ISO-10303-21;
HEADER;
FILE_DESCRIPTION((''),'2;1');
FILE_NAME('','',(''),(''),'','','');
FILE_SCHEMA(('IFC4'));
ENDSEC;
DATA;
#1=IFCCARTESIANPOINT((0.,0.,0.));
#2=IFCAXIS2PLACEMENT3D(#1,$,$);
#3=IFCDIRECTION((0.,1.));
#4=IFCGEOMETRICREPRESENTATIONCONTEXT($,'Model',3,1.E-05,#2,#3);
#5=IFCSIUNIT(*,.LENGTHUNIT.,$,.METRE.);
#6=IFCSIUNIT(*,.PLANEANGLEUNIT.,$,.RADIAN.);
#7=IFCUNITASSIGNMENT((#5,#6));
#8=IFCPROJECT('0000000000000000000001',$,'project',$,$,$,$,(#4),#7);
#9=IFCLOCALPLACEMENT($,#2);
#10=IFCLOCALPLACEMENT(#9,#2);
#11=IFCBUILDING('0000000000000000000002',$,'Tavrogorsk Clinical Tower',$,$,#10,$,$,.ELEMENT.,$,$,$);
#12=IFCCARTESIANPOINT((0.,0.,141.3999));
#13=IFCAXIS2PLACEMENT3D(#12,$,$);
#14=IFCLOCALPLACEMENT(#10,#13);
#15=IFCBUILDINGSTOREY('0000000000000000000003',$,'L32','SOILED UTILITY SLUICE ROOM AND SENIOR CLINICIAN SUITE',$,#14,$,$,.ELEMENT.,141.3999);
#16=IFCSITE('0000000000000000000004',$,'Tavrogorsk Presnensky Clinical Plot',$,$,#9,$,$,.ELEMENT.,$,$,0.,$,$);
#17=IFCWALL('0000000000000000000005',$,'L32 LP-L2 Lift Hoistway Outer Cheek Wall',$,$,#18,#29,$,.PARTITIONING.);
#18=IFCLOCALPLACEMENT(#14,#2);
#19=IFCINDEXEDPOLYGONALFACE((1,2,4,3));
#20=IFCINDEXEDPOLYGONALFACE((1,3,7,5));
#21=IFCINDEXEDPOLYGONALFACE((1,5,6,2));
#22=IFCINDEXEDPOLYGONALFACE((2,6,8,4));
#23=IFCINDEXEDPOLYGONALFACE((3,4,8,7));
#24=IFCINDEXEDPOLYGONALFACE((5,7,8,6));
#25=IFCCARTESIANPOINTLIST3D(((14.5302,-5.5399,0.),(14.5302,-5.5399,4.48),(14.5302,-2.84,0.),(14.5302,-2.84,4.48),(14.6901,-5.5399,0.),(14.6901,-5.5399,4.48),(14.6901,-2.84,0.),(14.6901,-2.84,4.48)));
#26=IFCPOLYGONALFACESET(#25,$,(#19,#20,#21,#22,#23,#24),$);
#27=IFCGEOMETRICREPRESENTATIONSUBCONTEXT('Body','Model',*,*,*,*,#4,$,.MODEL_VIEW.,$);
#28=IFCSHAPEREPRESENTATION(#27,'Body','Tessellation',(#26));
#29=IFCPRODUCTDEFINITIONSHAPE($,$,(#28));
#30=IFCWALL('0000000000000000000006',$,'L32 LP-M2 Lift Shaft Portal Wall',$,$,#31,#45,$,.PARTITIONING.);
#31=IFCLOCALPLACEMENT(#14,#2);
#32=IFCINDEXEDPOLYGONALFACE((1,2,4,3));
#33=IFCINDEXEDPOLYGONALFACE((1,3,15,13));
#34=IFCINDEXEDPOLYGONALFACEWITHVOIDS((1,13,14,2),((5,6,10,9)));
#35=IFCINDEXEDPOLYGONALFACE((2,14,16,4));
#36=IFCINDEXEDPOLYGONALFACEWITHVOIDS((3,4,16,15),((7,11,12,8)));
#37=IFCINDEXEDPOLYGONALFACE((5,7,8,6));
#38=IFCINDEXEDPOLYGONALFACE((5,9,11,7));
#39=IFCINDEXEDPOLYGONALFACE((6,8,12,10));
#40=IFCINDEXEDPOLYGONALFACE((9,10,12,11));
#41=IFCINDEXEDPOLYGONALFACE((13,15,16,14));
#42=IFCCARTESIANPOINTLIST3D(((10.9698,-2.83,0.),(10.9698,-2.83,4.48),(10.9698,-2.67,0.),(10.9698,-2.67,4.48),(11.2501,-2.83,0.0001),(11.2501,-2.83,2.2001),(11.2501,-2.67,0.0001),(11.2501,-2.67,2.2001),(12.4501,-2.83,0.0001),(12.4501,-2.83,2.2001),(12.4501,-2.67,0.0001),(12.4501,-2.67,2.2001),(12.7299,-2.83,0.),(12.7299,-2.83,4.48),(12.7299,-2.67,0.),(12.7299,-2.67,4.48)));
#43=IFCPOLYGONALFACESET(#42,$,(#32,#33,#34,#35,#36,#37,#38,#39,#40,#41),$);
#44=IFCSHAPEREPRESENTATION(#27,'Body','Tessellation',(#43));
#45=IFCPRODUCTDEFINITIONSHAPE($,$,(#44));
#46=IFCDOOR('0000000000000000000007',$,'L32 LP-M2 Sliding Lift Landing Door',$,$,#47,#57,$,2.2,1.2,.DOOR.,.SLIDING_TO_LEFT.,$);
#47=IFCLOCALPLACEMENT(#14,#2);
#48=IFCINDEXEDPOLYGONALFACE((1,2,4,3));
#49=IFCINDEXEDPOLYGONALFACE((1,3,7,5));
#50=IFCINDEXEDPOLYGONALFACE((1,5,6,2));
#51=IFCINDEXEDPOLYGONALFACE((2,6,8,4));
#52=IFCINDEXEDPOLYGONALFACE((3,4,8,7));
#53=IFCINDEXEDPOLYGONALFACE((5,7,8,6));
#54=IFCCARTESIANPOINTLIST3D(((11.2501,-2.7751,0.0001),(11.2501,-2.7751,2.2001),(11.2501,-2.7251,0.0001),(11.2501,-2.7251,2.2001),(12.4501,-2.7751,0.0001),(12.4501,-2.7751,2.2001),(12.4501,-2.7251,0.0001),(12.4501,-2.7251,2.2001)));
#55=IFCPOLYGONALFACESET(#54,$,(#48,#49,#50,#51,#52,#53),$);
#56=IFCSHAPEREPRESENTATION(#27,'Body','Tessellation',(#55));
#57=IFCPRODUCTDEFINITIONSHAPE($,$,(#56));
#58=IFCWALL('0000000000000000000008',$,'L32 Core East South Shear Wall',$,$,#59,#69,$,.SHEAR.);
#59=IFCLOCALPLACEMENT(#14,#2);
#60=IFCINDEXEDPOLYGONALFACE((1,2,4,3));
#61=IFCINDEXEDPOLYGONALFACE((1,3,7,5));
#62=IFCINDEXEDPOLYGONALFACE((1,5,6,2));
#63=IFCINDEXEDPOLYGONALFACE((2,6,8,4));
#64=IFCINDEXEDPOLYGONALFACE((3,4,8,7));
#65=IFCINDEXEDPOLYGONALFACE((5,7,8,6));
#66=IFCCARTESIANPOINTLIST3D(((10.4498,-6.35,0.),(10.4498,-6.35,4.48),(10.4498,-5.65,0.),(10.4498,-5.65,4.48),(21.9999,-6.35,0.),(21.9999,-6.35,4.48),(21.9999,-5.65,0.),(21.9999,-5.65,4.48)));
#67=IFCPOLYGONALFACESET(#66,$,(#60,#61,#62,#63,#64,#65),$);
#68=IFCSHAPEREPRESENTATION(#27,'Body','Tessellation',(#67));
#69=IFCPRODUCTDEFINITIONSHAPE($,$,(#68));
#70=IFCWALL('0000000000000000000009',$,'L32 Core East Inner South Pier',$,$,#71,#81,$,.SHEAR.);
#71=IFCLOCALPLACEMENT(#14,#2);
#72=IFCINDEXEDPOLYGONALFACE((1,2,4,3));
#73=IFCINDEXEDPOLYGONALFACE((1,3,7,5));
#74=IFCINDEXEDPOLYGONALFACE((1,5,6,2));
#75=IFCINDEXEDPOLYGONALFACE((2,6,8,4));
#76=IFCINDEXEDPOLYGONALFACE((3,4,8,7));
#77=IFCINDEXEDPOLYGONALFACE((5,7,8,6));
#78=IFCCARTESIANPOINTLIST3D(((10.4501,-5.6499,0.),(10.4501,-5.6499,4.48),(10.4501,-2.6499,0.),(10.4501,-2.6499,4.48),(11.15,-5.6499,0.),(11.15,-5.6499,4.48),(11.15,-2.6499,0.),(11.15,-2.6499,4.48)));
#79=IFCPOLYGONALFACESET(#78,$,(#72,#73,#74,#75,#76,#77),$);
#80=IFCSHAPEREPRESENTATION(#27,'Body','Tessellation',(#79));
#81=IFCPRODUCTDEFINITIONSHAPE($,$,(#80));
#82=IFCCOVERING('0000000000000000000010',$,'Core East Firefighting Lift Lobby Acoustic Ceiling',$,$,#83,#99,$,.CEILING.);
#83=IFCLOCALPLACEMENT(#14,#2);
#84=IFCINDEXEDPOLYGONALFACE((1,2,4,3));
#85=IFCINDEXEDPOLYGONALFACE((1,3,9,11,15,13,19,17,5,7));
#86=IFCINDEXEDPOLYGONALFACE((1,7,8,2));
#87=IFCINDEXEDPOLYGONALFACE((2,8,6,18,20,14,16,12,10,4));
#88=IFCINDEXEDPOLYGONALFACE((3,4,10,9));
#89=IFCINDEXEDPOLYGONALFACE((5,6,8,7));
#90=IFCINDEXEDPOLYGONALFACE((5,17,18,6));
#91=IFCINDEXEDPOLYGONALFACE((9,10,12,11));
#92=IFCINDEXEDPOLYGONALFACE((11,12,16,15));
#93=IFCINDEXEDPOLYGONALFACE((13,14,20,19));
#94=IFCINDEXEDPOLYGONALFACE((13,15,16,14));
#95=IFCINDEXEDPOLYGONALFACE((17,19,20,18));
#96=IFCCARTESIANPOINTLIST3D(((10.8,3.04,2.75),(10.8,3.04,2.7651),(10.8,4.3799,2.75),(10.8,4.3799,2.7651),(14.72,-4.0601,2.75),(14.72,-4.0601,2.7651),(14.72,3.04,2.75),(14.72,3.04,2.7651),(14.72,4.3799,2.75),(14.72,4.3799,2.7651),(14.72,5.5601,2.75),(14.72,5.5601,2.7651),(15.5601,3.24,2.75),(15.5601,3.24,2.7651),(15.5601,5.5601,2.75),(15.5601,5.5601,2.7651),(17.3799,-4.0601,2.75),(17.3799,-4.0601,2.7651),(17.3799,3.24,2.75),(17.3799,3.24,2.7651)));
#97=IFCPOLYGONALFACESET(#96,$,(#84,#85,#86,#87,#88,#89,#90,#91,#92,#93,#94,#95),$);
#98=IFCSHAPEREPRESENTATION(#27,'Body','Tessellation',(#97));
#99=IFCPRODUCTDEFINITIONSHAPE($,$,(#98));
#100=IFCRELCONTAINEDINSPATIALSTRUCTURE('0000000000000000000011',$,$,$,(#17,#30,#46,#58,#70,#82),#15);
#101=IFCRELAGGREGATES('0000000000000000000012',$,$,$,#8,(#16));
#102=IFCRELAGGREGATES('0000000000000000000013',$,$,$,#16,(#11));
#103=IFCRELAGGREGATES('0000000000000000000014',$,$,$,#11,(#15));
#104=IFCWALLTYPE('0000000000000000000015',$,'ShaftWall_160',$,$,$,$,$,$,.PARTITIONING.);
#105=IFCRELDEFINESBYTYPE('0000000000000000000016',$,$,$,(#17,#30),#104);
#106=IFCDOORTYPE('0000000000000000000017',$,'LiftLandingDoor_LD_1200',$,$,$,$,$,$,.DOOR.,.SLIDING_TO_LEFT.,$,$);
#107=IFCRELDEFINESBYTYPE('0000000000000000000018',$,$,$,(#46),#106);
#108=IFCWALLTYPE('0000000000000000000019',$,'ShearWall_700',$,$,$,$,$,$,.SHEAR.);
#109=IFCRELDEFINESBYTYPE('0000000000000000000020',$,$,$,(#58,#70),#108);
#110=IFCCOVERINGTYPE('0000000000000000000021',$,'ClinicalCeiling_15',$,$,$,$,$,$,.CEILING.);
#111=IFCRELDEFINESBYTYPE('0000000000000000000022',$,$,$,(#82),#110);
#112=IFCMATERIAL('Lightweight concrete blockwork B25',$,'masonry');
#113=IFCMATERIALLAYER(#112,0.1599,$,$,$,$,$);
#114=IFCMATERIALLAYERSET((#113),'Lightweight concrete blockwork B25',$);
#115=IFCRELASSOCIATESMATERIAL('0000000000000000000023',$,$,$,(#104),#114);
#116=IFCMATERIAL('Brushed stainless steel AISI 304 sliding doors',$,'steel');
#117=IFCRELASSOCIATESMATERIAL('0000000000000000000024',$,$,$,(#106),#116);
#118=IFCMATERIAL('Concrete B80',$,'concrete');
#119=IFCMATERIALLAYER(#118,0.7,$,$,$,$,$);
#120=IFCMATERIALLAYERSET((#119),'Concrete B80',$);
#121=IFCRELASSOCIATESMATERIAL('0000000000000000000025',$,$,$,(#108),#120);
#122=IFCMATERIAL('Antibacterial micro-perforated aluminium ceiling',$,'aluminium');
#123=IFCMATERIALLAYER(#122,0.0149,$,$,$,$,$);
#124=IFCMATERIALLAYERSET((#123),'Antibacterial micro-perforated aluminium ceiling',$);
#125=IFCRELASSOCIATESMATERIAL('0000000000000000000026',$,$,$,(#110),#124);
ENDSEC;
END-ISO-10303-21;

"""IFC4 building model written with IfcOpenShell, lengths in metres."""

from ifc_helpers import new_model, si_unit, direction, frame, frame_2d, origin, place, context, subcontext, project, spatial, polyline, rectangle, outline, extrude, material, layer, layer_set, type_object, element, fill, save


model = new_model("IFC4")

# Units and contexts
model_context = context("Model", 3, precision=1e-05, world=origin(), true_north=direction((0.0, 1.0)))
body_context = subcontext(model_context, "Body", "Model", "MODEL_VIEW")
ifc_project = project(units=[si_unit("LENGTHUNIT", "METRE"), si_unit("PLANEANGLEUNIT", "RADIAN")], contexts=[model_context])

# Site, building, storey
site_placement = place(None, origin())
site = spatial("IfcSite", under=ifc_project, at=site_placement, Name="Tavrogorsk Presnensky Clinical Plot", CompositionType="ELEMENT", RefElevation=0.0)
building_placement = place(site_placement, origin())
building = spatial("IfcBuilding", under=site, at=building_placement, Name="Tavrogorsk Clinical Tower", CompositionType="ELEMENT")
storey_placement = place(building_placement, frame((0.0, 0.0, 141.3999)))
storey = spatial("IfcBuildingStorey", under=building, at=storey_placement, Name="L32", Description="SOILED UTILITY SLUICE ROOM AND SENIOR CLINICIAN SUITE", CompositionType="ELEMENT", Elevation=141.3999)

# Shared definitions
ifc_material_1 = material(Name="Lightweight concrete blockwork B25", Category="masonry")
ifc_layer_1 = layer(ifc_material_1, 0.1599)
ifc_layer_set_1 = layer_set([ifc_layer_1], Name="Lightweight concrete blockwork B25")
wall_type_1 = type_object("IfcWallType", Name="ShaftWall_160", PredefinedType="PARTITIONING", material=ifc_layer_set_1)
ifc_material_2 = material(Name="Brushed stainless steel AISI 304 sliding doors", Category="steel")
door_type_1 = type_object("IfcDoorType", Name="LiftLandingDoor_LD_1200", OperationType="SLIDING_TO_LEFT", PredefinedType="DOOR", material=ifc_material_2)

# Wall
for number, where, z_axis, x_axis, name in (
    (1, (14.6101, -5.54, 0.0), (0.0, 0.0, 1.0), (0.0, 1.0, 0.0), "L32 LP-L2 Lift Hoistway Outer Cheek Wall"),
):
    element("IfcWall", number, at=place(storey_placement, frame(where, z_axis=z_axis, x_axis=x_axis)), inside=storey, type_object=wall_type_1, Name=name, PredefinedType="PARTITIONING", context=body_context, shape_type="SweptSolid", body=[
        extrude(rectangle(XDim=2.7, YDim=0.1599, at=frame_2d((1.3501, 0.0))), origin(), (0.0, 0.0, 1.0), 4.48),
    ])

# Wall, opening, door
wall_1_placement = place(storey_placement, frame((10.97, -2.75, 0.0), z_axis=(0.0, 0.0, 1.0), x_axis=(1.0, 0.0, 0.0)))
wall_1 = element("IfcWall", 2, at=wall_1_placement, inside=storey, type_object=wall_type_1, Name="L32 LP-M2 Lift Shaft Portal Wall", PredefinedType="PARTITIONING", context=body_context, shape_type="SweptSolid", body=[
    extrude(rectangle(XDim=1.76, YDim=0.1599, at=frame_2d((0.8799, 0.0))), origin(), (0.0, 0.0, 1.0), 4.48),
])
opening_1_placement = place(wall_1_placement, frame((0.28, 0.0, 0.0)))
opening_1 = element("IfcOpeningElement", 3, at=opening_1_placement, cuts=wall_1, PredefinedType="OPENING", context=body_context, shape_type="SweptSolid", body=[
    extrude(rectangle(XDim=1.2, YDim=2.2, at=frame_2d((0.6001, 1.1001))), frame((0.0, 0.0898, 0.0), z_axis=(0.0, -1.0, 0.0), x_axis=(1.0, 0.0, 0.0)), (0.0, 0.0, 1.0), 0.1799),
])
door_1_placement = place(opening_1_placement, origin())
door_1 = element("IfcDoor", 4, at=door_1_placement, inside=storey, type_object=door_type_1, Name="L32 LP-M2 Sliding Lift Landing Door", OperationType="SLIDING_TO_LEFT", OverallHeight=2.2, OverallWidth=1.2, PredefinedType="DOOR", context=body_context, shape_type="SweptSolid", body=[
    extrude(rectangle(XDim=1.2, YDim=2.2, at=frame_2d((0.6001, 1.1001))), frame((0.0, 0.0249, 0.0), z_axis=(0.0, -1.0, 0.0), x_axis=(1.0, 0.0, 0.0)), (0.0, 0.0, 1.0), 0.05),
])
fill(opening_1, door_1)

# Walls
ifc_material_3 = material(Name="Concrete B80", Category="concrete")
ifc_layer_2 = layer(ifc_material_3, 0.7)
ifc_layer_set_2 = layer_set([ifc_layer_2], Name="Concrete B80")
wall_type_2 = type_object("IfcWallType", Name="ShearWall_700", PredefinedType="SHEAR", material=ifc_layer_set_2)
wall_2_placement = place(storey_placement, frame((10.45, -6.0, 0.0), z_axis=(0.0, 0.0, 1.0), x_axis=(1.0, 0.0, 0.0)))
element("IfcWall", 5, at=wall_2_placement, inside=storey, type_object=wall_type_2, Name="L32 Core East South Shear Wall", PredefinedType="SHEAR", context=body_context, shape_type="SweptSolid", body=[
    extrude(rectangle(XDim=11.55, YDim=0.7, at=frame_2d((5.7749, 0.0))), origin(), (0.0, 0.0, 1.0), 4.48),
])
wall_3_placement = place(storey_placement, frame((10.8, -5.6499, 0.0), z_axis=(0.0, 0.0, 1.0), x_axis=(0.0, 1.0, 0.0)))
element("IfcWall", 6, at=wall_3_placement, inside=storey, type_object=wall_type_2, Name="L32 Core East Inner South Pier", PredefinedType="SHEAR", context=body_context, shape_type="SweptSolid", body=[
    extrude(rectangle(XDim=3.0, YDim=0.7, at=frame_2d((1.5, 0.0))), origin(), (0.0, 0.0, 1.0), 4.48),
])

# Covering
ifc_material_4 = material(Name="Antibacterial micro-perforated aluminium ceiling", Category="aluminium")
ifc_layer_3 = layer(ifc_material_4, 0.0149)
ifc_layer_set_3 = layer_set([ifc_layer_3], Name="Antibacterial micro-perforated aluminium ceiling")
covering_type = type_object("IfcCoveringType", Name="ClinicalCeiling_15", PredefinedType="CEILING", material=ifc_layer_set_3)
covering_placement = place(storey_placement, frame((0.0, 0.0, 2.75)))
element("IfcCovering", 7, at=covering_placement, inside=storey, type_object=covering_type, Name="Core East Firefighting Lift Lobby Acoustic Ceiling", PredefinedType="CEILING", context=body_context, shape_type="SweptSolid", body=[
    extrude(outline(polyline([(14.72, -4.0601), (14.72, 3.04), (10.8, 3.04), (10.8, 4.3799), (14.72, 4.3799), (14.72, 5.5601), (15.5601, 5.5601), (15.5601, 3.24), (17.3799, 3.24), (17.3799, -4.0601), (14.72, -4.0601)])), origin(), (0.0, 0.0, 1.0), 0.0151),
])

save(model, "model.ifc")
